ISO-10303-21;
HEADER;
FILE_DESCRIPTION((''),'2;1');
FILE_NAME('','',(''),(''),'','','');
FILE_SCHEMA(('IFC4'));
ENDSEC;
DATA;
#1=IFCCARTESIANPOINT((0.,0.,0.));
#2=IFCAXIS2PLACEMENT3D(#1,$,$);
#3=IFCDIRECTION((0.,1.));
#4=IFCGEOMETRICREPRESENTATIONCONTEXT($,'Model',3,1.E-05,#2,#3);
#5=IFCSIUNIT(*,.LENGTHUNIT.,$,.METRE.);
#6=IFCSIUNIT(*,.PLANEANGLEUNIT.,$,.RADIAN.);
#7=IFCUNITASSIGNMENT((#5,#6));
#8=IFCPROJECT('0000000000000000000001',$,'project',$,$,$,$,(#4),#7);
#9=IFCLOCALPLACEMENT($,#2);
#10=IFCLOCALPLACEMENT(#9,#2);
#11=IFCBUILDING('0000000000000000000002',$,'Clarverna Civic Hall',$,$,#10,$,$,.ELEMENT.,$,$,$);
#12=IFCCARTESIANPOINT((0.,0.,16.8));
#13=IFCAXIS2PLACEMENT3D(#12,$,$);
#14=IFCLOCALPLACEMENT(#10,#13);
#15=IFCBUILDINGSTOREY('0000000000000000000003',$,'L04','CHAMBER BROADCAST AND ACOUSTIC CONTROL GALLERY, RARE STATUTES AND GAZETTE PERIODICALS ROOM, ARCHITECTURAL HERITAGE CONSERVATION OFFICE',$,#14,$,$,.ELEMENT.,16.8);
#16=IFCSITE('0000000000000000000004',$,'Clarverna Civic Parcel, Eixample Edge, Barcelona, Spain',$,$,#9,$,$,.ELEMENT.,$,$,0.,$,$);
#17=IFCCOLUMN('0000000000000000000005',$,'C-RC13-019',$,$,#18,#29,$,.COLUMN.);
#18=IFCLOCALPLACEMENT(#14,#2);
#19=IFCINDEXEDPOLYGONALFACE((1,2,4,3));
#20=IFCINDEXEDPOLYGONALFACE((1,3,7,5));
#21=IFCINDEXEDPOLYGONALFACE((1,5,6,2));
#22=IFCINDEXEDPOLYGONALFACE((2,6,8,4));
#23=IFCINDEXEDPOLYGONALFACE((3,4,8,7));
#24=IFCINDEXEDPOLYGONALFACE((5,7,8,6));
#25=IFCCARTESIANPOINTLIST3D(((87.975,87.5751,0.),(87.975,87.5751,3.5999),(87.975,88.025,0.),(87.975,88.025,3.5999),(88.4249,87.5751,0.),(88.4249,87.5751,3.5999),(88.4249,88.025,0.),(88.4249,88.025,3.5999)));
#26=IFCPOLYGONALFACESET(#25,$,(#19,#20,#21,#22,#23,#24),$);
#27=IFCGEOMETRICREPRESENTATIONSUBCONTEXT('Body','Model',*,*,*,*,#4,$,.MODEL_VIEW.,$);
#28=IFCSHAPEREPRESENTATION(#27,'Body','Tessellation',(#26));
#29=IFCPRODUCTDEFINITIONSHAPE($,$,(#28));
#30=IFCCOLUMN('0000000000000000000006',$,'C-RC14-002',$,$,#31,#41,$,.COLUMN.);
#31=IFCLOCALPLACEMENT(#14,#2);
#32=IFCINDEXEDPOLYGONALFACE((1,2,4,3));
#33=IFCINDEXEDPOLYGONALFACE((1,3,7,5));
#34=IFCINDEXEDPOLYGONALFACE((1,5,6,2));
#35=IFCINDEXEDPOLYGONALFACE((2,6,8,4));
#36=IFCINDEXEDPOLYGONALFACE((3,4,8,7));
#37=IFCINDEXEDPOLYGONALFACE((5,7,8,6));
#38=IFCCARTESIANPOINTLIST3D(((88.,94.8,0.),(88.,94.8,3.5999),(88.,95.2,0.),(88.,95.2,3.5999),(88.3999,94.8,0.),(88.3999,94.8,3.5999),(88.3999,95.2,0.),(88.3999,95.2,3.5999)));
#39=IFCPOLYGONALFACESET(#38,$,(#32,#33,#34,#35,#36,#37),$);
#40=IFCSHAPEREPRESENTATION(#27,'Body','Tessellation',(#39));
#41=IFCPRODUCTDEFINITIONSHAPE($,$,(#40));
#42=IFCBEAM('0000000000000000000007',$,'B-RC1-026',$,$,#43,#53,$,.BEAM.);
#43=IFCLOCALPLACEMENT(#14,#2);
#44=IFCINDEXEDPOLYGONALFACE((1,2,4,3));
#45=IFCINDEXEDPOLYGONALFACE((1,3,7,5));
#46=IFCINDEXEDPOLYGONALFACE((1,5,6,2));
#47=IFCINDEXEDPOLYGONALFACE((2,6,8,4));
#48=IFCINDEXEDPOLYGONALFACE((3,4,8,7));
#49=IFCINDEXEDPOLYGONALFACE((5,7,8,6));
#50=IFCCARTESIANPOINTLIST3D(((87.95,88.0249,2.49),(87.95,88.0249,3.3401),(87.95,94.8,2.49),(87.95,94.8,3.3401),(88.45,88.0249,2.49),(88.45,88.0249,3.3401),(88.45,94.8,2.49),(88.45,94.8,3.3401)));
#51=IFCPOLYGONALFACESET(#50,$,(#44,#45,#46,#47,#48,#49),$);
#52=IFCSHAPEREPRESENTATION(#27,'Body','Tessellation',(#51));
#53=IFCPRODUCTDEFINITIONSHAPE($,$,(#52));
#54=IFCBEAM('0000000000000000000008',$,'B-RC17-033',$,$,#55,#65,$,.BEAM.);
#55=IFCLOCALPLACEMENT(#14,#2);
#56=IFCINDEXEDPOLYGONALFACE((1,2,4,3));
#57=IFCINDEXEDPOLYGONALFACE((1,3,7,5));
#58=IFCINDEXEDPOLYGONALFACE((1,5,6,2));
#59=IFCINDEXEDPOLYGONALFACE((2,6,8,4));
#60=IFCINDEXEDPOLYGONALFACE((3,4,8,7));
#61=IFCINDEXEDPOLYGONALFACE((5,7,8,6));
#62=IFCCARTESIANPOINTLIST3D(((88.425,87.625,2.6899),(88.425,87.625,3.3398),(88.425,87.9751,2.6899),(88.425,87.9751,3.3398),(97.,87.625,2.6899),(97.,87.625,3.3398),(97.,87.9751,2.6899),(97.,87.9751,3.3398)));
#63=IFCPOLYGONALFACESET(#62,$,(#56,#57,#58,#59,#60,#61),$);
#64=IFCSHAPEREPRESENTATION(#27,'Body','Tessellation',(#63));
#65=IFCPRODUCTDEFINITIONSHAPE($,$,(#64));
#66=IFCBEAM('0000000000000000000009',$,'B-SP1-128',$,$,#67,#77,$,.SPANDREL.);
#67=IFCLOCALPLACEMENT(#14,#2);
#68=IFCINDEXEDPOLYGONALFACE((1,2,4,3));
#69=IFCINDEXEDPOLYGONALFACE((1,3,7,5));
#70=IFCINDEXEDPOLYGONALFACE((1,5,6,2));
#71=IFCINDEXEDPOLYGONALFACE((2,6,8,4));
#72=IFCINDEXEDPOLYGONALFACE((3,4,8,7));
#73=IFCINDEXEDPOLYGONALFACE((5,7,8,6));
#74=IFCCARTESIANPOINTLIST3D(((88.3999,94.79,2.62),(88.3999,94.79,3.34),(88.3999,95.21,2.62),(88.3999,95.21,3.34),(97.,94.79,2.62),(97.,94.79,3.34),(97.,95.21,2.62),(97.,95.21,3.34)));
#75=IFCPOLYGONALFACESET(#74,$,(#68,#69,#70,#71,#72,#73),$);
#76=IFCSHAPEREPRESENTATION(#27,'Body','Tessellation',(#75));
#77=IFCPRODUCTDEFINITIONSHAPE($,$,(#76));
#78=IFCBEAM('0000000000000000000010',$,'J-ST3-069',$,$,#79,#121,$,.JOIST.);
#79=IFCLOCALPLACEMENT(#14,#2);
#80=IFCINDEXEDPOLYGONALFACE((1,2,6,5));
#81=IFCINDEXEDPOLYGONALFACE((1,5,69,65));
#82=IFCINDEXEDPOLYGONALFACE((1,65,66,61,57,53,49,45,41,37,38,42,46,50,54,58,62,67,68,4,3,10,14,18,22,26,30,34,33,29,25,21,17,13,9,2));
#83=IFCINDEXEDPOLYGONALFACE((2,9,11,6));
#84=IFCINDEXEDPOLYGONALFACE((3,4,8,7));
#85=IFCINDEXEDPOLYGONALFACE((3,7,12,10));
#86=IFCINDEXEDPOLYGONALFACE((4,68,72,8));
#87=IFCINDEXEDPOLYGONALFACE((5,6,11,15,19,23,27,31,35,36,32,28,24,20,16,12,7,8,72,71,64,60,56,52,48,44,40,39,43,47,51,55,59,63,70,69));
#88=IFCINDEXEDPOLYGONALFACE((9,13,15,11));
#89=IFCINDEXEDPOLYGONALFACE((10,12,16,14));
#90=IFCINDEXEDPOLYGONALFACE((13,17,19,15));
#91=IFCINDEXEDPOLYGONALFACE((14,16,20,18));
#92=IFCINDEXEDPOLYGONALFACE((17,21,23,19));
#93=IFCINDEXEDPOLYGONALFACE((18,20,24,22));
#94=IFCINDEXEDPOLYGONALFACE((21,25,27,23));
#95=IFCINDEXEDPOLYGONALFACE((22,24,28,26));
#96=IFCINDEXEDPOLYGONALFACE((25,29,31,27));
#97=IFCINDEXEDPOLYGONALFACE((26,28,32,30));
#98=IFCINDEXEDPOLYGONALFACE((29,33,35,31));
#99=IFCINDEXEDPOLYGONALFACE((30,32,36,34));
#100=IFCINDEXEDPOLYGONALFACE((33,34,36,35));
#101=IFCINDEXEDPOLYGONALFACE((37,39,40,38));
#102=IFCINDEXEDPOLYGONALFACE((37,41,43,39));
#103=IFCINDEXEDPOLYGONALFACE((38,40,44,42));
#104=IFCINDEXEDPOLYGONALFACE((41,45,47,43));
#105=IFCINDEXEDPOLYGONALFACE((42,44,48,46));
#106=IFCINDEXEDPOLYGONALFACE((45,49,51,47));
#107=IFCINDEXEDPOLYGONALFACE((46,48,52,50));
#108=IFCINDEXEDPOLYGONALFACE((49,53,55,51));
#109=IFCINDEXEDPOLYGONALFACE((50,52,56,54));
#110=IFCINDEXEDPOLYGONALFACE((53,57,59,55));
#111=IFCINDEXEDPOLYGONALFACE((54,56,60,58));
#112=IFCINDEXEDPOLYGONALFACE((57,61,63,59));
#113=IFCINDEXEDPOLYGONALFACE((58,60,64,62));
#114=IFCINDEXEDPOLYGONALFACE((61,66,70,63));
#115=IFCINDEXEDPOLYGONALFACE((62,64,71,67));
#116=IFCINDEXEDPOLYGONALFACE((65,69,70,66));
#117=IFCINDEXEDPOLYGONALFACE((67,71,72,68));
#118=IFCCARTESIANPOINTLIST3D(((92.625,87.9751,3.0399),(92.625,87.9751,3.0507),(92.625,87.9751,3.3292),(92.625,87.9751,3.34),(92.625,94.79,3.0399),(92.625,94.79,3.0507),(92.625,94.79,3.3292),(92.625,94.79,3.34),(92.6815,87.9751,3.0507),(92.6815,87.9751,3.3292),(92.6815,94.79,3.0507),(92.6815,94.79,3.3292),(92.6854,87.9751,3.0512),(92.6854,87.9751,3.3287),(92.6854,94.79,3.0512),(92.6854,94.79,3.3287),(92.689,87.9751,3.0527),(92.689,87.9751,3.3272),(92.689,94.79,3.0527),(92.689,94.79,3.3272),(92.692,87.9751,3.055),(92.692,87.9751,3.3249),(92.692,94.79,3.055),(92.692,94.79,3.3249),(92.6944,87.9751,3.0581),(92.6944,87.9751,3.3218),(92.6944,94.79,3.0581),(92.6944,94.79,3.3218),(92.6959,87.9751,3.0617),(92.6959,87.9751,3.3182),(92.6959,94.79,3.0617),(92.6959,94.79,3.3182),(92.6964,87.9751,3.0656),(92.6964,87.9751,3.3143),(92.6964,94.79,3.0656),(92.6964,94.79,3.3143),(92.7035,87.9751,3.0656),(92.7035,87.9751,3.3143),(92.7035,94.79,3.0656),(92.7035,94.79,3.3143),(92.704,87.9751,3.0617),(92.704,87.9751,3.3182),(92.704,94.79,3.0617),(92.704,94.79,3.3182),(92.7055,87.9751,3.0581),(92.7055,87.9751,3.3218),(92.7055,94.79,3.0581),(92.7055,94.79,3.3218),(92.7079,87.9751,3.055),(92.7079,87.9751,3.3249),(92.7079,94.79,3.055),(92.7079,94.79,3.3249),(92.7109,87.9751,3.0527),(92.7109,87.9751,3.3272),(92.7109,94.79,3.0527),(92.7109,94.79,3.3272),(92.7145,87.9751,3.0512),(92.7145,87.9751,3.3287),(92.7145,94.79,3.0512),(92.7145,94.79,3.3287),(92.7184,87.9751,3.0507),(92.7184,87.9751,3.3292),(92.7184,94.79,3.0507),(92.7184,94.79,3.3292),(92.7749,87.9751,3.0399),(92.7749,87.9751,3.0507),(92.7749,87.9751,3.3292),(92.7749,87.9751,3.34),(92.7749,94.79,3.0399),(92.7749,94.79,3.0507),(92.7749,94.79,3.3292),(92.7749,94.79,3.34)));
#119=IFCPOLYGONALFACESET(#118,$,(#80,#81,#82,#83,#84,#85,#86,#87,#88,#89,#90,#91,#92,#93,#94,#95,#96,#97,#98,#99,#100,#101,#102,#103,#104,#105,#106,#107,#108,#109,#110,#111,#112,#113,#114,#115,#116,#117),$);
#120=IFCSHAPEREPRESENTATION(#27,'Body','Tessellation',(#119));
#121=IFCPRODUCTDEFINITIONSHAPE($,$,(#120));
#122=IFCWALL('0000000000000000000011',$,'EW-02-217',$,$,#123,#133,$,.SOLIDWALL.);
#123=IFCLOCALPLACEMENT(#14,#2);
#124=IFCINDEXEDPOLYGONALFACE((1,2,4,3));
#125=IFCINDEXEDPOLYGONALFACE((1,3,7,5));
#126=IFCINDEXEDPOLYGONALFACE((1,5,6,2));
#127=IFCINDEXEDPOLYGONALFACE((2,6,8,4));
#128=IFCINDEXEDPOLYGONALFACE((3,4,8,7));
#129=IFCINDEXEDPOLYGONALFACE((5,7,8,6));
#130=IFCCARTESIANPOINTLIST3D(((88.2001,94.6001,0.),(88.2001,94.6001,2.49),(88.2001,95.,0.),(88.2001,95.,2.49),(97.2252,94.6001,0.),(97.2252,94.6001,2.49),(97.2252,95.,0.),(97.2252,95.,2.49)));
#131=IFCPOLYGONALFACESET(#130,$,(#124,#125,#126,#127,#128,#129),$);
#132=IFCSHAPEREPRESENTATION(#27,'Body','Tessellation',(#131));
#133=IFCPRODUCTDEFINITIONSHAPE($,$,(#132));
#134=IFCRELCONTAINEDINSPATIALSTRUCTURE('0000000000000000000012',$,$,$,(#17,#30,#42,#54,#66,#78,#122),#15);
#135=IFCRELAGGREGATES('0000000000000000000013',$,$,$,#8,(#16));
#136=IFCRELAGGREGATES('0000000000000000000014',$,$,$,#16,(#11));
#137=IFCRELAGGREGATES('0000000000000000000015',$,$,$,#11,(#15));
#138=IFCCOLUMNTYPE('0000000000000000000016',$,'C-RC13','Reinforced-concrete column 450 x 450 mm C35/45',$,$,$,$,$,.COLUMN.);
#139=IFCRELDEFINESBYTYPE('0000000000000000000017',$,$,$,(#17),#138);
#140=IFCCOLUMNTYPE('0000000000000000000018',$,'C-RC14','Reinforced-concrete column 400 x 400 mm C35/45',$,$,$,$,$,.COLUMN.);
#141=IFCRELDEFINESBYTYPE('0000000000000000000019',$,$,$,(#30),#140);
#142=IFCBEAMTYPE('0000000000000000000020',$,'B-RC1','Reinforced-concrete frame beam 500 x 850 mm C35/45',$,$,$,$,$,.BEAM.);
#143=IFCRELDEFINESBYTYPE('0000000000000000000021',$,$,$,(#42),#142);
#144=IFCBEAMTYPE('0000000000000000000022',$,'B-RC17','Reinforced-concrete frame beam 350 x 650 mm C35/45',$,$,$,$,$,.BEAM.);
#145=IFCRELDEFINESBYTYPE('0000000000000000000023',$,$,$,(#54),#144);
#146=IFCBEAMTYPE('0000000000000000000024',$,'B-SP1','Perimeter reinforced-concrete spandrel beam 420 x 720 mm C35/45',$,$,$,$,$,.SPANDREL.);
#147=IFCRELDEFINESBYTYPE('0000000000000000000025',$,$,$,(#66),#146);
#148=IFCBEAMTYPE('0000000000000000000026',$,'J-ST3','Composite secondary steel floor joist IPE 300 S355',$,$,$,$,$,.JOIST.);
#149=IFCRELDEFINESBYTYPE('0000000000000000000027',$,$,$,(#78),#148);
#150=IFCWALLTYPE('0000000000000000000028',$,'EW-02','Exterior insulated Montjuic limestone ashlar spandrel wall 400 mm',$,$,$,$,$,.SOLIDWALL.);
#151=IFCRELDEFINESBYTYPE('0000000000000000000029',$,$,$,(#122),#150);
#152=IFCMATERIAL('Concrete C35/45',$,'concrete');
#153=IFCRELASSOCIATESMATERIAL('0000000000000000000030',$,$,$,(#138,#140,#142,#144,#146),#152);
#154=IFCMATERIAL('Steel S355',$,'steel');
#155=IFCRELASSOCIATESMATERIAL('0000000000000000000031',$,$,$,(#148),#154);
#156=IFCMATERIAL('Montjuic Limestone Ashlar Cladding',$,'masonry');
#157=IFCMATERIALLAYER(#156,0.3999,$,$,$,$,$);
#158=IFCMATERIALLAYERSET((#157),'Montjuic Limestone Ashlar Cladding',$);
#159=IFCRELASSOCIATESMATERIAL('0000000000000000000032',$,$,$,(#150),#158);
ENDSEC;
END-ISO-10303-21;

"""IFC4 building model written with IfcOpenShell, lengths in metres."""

from ifc_helpers import new_model, si_unit, direction, frame, frame_2d, origin, origin_2d, place, context, subcontext, project, spatial, rectangle, i_section, extrude, material, layer, layer_set, material_profile, profile_set, type_object, element, save


model = new_model("IFC4")

# Units and contexts
model_context = context("Model", 3, precision=1e-05, world=origin(), true_north=direction((0.0, 1.0)))
body_context = subcontext(model_context, "Body", "Model", "MODEL_VIEW")
ifc_project = project(units=[si_unit("LENGTHUNIT", "METRE"), si_unit("PLANEANGLEUNIT", "RADIAN")], contexts=[model_context])

# Site, building, storey
site_placement = place(None, origin())
site = spatial("IfcSite", under=ifc_project, at=site_placement, Name="Clarverna Civic Parcel, Eixample Edge, Barcelona, Spain", CompositionType="ELEMENT", RefElevation=0.0)
building_placement = place(site_placement, origin())
building = spatial("IfcBuilding", under=site, at=building_placement, Name="Clarverna Civic Hall", CompositionType="ELEMENT")
storey_placement = place(building_placement, frame((0.0, 0.0, 16.8)))
storey = spatial("IfcBuildingStorey", under=building, at=storey_placement, Name="L04", Description="CHAMBER BROADCAST AND ACOUSTIC CONTROL GALLERY, RARE STATUTES AND GAZETTE PERIODICALS ROOM, ARCHITECTURAL HERITAGE CONSERVATION OFFICE", CompositionType="ELEMENT", Elevation=16.8)

# Columns
ifc_material_1 = material(Name="Concrete C35/45", Category="concrete")
ifc_material_profile_1 = material_profile(ifc_material_1, rectangle(XDim=0.45, YDim=0.45, at=origin_2d()), Name="RC 450x450")
ifc_profile_set_1 = profile_set([ifc_material_profile_1], Name="Concrete C35/45")
column_type_1 = type_object("IfcColumnType", Name="C-RC13", Description="Reinforced-concrete column 450 x 450 mm C35/45", PredefinedType="COLUMN", material=ifc_profile_set_1)
column_1_placement = place(storey_placement, frame((88.2, 87.8, 0.0), z_axis=(0.0, 0.0, 1.0), x_axis=(1.0, 0.0, 0.0)))
element("IfcColumn", 1, at=column_1_placement, inside=storey, type_object=column_type_1, Name="C-RC13-019", PredefinedType="COLUMN", context=body_context, shape_type="SweptSolid", body=[
    extrude(rectangle(XDim=0.45, YDim=0.45, at=origin_2d()), origin(), (0.0, 0.0, 1.0), 3.5999),
])
ifc_material_profile_2 = material_profile(ifc_material_1, rectangle(XDim=0.3999, YDim=0.3999, at=origin_2d()), Name="RC 400x400")
ifc_profile_set_2 = profile_set([ifc_material_profile_2], Name="Concrete C35/45")
column_type_2 = type_object("IfcColumnType", Name="C-RC14", Description="Reinforced-concrete column 400 x 400 mm C35/45", PredefinedType="COLUMN", material=ifc_profile_set_2)
column_2_placement = place(storey_placement, frame((88.2, 95.0, 0.0), z_axis=(0.0, 0.0, 1.0), x_axis=(1.0, 0.0, 0.0)))
element("IfcColumn", 2, at=column_2_placement, inside=storey, type_object=column_type_2, Name="C-RC14-002", PredefinedType="COLUMN", context=body_context, shape_type="SweptSolid", body=[
    extrude(rectangle(XDim=0.3999, YDim=0.3999, at=origin_2d()), origin(), (0.0, 0.0, 1.0), 3.5999),
])

# Beams
ifc_material_profile_3 = material_profile(ifc_material_1, rectangle(XDim=0.5, YDim=0.8501, at=origin_2d()), Name="RC 500x850")
ifc_profile_set_3 = profile_set([ifc_material_profile_3], Name="Concrete C35/45")
beam_type_1 = type_object("IfcBeamType", Name="B-RC1", Description="Reinforced-concrete frame beam 500 x 850 mm C35/45", PredefinedType="BEAM", material=ifc_profile_set_3)
beam_1_placement = place(storey_placement, frame((88.2, 88.0249, 2.915), z_axis=(0.0, 1.0, 0.0), x_axis=(-1.0, 0.0, 0.0)))
element("IfcBeam", 3, at=beam_1_placement, inside=storey, type_object=beam_type_1, Name="B-RC1-026", PredefinedType="BEAM", context=body_context, shape_type="SweptSolid", body=[
    extrude(rectangle(XDim=0.5, YDim=0.8501, at=origin_2d()), origin(), (0.0, 0.0, 1.0), 6.7751),
])
ifc_material_profile_4 = material_profile(ifc_material_1, rectangle(XDim=0.3501, YDim=0.6499, at=origin_2d()), Name="RC 350x650")
ifc_profile_set_4 = profile_set([ifc_material_profile_4], Name="Concrete C35/45")
beam_type_2 = type_object("IfcBeamType", Name="B-RC17", Description="Reinforced-concrete frame beam 350 x 650 mm C35/45", PredefinedType="BEAM", material=ifc_profile_set_4)
beam_2_placement = place(storey_placement, frame((88.425, 87.8, 3.0149), z_axis=(1.0, 0.0, 0.0), x_axis=(0.0, 1.0, 0.0)))
element("IfcBeam", 4, at=beam_2_placement, inside=storey, type_object=beam_type_2, Name="B-RC17-033", PredefinedType="BEAM", context=body_context, shape_type="SweptSolid", body=[
    extrude(rectangle(XDim=0.3501, YDim=0.6499, at=origin_2d()), origin(), (0.0, 0.0, 1.0), 8.575),
])
ifc_material_profile_5 = material_profile(ifc_material_1, rectangle(XDim=0.4199, YDim=0.72, at=origin_2d()), Name="RC 420x720")
ifc_profile_set_5 = profile_set([ifc_material_profile_5], Name="Concrete C35/45")
beam_type_3 = type_object("IfcBeamType", Name="B-SP1", Description="Perimeter reinforced-concrete spandrel beam 420 x 720 mm C35/45", PredefinedType="SPANDREL", material=ifc_profile_set_5)
beam_3_placement = place(storey_placement, frame((88.3999, 95.0, 2.98), z_axis=(1.0, 0.0, 0.0), x_axis=(0.0, 1.0, 0.0)))
element("IfcBeam", 5, at=beam_3_placement, inside=storey, type_object=beam_type_3, Name="B-SP1-128", PredefinedType="SPANDREL", context=body_context, shape_type="SweptSolid", body=[
    extrude(rectangle(XDim=0.4199, YDim=0.72, at=origin_2d()), origin(), (0.0, 0.0, 1.0), 8.6001),
])
ifc_material_2 = material(Name="Steel S355", Category="steel")
ifc_material_profile_6 = material_profile(ifc_material_2, i_section(OverallWidth=0.1499, OverallDepth=0.3, WebThickness=0.0071, FlangeThickness=0.0107, FilletRadius=0.0149, at=origin_2d()), Name="IPE 300")
ifc_profile_set_6 = profile_set([ifc_material_profile_6], Name="Steel S355")
beam_type_4 = type_object("IfcBeamType", Name="J-ST3", Description="Composite secondary steel floor joist IPE 300 S355", PredefinedType="JOIST", material=ifc_profile_set_6)
beam_4_placement = place(storey_placement, frame((92.7, 87.9751, 3.1899), z_axis=(0.0, 1.0, 0.0), x_axis=(-1.0, 0.0, 0.0)))
element("IfcBeam", 6, at=beam_4_placement, inside=storey, type_object=beam_type_4, Name="J-ST3-069", PredefinedType="JOIST", context=body_context, shape_type="SweptSolid", body=[
    extrude(i_section(OverallWidth=0.1499, OverallDepth=0.3, WebThickness=0.0071, FlangeThickness=0.0107, FilletRadius=0.0149, at=origin_2d()), origin(), (0.0, 0.0, 1.0), 6.8149),
])

# Wall
ifc_material_3 = material(Name="Montjuic Limestone Ashlar Cladding", Category="masonry")
ifc_layer_1 = layer(ifc_material_3, 0.3999)
ifc_layer_set_1 = layer_set([ifc_layer_1], Name="Montjuic Limestone Ashlar Cladding")
wall_type_1 = type_object("IfcWallType", Name="EW-02", Description="Exterior insulated Montjuic limestone ashlar spandrel wall 400 mm", PredefinedType="SOLIDWALL", material=ifc_layer_set_1)
wall_1_placement = place(storey_placement, frame((88.2, 94.8, 0.0), z_axis=(0.0, 0.0, 1.0), x_axis=(1.0, 0.0, 0.0)))
element("IfcWall", 7, at=wall_1_placement, inside=storey, type_object=wall_type_1, Name="EW-02-217", PredefinedType="SOLIDWALL", context=body_context, shape_type="SweptSolid", body=[
    extrude(rectangle(XDim=9.0251, YDim=0.3999, at=frame_2d((4.5127, 0.0))), origin(), (0.0, 0.0, 1.0), 2.49),
])

save(model, "model.ifc")
